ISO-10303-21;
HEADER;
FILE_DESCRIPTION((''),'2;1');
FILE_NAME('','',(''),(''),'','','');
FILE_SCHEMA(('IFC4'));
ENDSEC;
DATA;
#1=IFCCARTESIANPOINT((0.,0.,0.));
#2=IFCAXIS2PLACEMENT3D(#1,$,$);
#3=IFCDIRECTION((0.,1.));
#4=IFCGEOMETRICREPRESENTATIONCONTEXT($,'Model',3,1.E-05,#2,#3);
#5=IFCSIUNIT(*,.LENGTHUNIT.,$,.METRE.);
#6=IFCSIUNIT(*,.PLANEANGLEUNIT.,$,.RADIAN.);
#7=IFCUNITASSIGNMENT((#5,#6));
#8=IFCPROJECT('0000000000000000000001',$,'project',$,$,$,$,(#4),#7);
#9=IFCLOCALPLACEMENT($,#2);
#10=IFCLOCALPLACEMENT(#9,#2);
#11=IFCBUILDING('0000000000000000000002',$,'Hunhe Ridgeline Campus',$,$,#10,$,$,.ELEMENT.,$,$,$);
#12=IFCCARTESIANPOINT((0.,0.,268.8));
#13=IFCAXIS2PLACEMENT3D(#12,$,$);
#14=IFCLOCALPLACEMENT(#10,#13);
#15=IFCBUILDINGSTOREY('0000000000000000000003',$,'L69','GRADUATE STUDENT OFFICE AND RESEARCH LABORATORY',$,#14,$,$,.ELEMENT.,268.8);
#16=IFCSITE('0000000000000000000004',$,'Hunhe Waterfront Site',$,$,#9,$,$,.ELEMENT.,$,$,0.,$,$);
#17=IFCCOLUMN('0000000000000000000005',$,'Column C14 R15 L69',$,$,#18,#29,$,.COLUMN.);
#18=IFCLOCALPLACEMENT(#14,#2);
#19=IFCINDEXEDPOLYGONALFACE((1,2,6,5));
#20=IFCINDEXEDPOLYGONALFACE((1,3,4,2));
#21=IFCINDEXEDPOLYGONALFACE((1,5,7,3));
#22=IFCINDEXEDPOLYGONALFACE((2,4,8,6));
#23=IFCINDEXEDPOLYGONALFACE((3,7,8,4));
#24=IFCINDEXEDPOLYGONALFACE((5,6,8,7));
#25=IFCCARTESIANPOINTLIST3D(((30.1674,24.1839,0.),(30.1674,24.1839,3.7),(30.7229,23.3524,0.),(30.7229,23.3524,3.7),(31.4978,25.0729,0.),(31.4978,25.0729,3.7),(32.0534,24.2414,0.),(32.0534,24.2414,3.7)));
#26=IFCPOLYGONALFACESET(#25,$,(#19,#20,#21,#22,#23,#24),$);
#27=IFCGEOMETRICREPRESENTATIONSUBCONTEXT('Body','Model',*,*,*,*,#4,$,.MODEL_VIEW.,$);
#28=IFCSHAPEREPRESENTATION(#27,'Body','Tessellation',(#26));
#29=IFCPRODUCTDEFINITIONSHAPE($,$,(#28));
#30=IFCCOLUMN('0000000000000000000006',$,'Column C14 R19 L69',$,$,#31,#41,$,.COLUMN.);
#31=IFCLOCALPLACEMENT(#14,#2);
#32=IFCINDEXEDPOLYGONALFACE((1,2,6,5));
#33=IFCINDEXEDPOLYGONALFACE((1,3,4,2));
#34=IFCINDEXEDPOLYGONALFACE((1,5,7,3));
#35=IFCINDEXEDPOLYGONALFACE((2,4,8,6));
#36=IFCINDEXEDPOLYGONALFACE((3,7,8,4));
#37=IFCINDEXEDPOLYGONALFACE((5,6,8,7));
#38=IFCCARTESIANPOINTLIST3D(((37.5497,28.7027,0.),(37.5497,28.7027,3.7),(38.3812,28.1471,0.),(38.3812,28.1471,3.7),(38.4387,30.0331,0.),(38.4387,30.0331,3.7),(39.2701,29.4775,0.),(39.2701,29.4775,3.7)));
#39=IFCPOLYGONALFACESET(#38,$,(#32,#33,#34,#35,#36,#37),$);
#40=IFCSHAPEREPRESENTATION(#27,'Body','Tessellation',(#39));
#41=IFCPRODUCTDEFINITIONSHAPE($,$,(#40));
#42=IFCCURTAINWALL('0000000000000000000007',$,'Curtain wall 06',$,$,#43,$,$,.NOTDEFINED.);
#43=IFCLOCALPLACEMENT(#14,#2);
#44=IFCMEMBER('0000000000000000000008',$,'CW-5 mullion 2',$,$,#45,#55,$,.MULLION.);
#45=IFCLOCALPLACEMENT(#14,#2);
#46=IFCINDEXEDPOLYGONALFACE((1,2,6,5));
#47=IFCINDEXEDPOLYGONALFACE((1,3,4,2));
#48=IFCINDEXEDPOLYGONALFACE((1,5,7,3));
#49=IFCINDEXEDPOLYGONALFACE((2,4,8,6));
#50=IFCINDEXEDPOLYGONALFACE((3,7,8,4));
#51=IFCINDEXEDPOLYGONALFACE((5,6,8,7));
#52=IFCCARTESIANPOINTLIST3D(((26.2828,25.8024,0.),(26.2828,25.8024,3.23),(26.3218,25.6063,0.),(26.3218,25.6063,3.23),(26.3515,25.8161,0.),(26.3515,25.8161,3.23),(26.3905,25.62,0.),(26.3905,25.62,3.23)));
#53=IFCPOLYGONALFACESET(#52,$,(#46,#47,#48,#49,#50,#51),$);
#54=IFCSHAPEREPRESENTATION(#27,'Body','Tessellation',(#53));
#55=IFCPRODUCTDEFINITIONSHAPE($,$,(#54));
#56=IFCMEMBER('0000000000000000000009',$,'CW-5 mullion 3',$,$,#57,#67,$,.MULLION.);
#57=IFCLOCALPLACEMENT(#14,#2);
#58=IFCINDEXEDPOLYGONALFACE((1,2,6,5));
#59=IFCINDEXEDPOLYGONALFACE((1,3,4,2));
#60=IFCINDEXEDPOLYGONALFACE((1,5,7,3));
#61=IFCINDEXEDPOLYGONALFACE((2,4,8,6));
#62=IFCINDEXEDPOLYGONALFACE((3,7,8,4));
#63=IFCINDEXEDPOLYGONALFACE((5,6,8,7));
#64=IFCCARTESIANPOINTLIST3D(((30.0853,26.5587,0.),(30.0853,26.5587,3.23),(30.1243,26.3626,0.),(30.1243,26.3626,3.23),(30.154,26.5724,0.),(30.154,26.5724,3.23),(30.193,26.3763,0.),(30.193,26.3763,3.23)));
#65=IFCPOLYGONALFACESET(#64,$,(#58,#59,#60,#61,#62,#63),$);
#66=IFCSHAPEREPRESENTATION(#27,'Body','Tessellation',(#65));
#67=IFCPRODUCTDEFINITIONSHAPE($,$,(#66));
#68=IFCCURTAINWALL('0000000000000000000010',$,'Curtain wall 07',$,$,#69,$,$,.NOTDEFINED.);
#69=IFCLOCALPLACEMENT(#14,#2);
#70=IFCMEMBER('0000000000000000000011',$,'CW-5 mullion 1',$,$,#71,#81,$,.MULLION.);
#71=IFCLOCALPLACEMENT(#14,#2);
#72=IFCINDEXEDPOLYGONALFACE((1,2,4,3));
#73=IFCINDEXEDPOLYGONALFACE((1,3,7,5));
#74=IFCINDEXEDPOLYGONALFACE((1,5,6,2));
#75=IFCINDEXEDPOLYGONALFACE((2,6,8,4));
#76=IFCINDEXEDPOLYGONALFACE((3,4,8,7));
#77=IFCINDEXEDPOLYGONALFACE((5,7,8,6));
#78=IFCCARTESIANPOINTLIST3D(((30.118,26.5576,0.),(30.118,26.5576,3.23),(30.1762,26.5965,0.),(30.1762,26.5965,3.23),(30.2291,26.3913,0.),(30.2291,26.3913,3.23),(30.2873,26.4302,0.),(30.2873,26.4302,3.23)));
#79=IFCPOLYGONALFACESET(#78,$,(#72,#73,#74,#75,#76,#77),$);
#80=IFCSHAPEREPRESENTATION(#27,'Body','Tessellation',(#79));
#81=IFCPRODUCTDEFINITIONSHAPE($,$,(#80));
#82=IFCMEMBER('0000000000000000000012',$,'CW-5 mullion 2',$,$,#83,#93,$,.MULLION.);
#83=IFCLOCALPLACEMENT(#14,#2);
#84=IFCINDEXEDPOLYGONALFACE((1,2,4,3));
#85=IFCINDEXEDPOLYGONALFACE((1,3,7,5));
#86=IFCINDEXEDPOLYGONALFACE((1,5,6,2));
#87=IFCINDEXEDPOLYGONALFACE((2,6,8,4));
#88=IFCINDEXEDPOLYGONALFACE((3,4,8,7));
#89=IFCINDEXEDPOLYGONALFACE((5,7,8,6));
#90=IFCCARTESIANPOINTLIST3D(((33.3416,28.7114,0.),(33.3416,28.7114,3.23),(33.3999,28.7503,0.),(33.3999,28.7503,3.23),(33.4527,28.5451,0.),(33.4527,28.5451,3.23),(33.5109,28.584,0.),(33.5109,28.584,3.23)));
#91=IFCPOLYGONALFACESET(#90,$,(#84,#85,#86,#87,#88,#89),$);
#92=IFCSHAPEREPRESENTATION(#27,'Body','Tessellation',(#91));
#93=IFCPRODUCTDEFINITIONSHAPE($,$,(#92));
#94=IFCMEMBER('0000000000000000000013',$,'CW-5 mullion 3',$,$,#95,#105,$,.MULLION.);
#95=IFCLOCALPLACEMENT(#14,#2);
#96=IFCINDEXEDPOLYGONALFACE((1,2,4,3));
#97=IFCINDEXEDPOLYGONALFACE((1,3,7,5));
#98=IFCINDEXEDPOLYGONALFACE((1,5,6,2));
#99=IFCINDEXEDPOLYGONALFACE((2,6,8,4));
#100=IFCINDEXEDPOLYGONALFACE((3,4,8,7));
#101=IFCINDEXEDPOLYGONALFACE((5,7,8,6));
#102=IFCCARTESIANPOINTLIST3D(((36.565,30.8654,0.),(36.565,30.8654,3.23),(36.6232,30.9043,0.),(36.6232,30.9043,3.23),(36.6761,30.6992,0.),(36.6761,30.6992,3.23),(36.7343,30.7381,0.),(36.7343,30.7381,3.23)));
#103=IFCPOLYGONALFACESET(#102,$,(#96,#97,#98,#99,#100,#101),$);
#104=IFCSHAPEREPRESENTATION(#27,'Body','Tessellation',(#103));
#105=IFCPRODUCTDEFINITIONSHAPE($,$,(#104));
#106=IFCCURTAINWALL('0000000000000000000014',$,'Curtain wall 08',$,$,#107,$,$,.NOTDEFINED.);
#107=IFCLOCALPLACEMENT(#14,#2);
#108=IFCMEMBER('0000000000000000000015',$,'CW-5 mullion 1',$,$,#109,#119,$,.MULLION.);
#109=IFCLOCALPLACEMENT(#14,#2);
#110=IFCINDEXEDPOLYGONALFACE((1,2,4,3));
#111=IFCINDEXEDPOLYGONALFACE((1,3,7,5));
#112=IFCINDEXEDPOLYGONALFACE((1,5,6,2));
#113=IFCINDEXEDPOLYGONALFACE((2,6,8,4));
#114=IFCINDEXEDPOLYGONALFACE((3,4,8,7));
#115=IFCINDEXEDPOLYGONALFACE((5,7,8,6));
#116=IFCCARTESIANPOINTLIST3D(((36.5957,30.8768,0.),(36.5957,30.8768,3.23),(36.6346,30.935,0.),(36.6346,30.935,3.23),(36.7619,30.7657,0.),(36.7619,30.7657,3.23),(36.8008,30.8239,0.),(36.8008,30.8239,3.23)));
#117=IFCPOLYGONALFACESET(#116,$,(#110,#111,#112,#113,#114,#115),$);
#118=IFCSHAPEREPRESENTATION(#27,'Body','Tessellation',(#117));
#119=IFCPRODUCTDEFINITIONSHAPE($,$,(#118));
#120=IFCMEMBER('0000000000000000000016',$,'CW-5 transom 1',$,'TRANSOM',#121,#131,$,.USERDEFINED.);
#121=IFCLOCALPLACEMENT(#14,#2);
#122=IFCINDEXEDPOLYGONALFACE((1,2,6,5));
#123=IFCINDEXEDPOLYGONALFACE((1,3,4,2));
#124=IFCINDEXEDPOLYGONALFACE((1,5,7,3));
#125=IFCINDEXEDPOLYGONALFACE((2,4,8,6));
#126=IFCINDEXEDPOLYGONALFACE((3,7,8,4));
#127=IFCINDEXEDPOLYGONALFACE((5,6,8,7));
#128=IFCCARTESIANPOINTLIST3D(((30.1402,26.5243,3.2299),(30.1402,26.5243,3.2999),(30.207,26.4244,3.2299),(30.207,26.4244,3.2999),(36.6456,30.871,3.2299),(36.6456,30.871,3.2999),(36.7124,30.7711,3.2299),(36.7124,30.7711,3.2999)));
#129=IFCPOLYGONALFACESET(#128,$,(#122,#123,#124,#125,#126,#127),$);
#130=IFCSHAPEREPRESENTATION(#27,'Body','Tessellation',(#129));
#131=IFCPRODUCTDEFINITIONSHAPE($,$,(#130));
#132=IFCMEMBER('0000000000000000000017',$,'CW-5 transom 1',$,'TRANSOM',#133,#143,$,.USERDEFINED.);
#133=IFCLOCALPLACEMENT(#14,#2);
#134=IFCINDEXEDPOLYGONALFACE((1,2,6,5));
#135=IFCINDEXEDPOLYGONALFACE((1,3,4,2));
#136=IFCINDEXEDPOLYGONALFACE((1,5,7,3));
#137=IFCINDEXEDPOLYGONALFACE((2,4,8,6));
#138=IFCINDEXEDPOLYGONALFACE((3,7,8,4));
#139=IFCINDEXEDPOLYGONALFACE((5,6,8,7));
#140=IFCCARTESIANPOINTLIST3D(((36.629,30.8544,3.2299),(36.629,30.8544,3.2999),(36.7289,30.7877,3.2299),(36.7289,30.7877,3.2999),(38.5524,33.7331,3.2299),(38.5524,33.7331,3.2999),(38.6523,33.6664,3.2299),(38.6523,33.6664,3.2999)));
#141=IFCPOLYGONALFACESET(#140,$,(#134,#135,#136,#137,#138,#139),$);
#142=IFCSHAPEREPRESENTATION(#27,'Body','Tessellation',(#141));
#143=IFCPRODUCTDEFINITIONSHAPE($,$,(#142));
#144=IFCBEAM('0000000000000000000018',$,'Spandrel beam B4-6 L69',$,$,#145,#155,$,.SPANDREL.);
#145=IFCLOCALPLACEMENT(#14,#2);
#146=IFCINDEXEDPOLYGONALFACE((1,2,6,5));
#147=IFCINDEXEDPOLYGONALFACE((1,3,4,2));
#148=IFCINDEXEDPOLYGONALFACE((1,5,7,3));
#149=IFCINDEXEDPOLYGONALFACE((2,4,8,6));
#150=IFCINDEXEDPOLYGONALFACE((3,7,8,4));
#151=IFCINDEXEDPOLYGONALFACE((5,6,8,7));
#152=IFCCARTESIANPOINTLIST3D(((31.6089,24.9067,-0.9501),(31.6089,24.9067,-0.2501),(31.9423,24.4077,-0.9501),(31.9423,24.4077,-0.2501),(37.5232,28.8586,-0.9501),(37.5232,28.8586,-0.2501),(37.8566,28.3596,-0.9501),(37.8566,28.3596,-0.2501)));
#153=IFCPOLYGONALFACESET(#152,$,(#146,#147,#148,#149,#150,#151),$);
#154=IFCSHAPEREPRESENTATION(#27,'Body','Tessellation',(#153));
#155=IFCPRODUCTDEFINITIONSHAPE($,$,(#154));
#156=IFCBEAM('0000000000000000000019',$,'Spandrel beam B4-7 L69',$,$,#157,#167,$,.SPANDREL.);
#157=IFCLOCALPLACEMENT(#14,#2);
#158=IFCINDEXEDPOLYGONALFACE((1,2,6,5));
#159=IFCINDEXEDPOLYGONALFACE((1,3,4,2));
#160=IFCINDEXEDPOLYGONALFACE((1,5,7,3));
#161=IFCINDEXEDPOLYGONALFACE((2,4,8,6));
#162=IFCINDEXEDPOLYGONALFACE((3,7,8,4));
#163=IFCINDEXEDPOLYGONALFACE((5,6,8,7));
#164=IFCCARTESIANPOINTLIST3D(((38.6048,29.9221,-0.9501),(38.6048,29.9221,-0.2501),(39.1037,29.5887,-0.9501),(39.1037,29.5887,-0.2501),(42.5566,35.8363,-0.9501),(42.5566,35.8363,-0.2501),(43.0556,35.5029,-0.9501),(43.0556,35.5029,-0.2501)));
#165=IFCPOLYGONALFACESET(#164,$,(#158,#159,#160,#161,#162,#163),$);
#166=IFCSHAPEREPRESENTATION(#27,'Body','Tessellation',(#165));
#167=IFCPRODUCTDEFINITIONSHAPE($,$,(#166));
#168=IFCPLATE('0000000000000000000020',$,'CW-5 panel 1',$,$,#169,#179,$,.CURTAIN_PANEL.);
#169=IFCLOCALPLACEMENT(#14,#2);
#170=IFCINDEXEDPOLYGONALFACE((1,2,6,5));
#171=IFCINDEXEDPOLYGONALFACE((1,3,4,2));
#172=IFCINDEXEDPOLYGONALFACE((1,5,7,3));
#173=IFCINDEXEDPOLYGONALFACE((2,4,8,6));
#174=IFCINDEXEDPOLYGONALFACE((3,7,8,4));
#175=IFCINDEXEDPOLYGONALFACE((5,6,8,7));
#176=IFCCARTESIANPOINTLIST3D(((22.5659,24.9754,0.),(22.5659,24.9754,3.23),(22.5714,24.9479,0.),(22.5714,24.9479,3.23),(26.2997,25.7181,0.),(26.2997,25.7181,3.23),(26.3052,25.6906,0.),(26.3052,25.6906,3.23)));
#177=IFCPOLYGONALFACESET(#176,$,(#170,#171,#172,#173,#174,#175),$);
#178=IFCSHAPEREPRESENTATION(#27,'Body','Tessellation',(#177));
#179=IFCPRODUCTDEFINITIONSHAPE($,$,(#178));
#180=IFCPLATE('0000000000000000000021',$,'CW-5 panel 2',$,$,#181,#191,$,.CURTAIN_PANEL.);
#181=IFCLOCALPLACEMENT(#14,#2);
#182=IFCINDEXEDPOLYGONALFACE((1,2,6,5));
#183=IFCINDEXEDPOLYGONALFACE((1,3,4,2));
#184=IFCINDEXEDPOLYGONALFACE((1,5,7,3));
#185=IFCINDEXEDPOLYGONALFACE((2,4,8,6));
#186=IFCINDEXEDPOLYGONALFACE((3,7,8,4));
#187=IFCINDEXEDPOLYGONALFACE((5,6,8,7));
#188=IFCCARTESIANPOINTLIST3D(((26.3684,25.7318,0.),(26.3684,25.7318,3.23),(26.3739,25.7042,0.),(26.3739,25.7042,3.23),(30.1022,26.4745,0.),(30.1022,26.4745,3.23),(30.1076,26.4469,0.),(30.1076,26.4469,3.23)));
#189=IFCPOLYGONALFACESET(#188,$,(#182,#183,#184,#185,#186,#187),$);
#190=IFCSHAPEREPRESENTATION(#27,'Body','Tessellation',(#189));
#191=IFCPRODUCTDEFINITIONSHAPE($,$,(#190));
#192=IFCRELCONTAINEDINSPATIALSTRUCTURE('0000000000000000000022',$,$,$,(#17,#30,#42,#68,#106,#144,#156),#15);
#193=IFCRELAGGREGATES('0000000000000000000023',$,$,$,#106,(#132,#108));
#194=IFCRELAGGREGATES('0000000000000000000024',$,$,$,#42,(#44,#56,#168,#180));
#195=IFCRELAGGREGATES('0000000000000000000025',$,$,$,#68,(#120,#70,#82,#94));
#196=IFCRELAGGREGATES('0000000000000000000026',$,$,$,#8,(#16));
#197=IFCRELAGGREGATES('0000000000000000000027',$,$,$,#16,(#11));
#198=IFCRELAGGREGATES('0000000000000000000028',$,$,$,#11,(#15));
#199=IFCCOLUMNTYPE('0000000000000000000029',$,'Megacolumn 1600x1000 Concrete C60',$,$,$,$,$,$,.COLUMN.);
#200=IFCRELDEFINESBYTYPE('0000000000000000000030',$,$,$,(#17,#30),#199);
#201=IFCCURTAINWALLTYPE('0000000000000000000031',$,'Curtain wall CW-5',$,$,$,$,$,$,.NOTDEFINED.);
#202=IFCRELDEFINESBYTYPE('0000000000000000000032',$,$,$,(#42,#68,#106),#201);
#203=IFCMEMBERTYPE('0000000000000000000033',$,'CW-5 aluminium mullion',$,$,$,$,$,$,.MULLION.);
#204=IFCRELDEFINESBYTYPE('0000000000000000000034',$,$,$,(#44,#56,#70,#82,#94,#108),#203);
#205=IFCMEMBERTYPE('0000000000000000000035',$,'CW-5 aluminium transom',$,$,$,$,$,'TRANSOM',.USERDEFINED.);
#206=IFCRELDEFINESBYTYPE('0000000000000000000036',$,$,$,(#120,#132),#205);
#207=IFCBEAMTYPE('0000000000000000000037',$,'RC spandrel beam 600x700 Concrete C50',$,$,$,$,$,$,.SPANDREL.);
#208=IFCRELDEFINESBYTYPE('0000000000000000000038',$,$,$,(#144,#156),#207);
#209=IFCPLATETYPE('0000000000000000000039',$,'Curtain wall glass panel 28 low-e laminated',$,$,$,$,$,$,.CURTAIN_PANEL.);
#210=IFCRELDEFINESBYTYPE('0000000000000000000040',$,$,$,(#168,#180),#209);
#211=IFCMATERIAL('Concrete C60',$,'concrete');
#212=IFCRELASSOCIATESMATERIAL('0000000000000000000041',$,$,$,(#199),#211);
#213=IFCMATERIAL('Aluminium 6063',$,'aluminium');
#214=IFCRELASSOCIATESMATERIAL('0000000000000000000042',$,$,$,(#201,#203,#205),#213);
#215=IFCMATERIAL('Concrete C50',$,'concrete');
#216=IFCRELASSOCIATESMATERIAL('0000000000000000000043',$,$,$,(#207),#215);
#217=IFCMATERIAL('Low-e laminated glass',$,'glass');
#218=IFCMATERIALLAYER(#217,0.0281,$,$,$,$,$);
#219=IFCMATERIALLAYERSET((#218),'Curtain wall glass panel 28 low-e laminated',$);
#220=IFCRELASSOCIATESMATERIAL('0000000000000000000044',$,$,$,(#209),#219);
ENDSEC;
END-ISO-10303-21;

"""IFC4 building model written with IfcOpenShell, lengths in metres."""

from ifc_helpers import new_model, si_unit, direction, frame, origin, origin_2d, place, context, subcontext, project, spatial, rectangle, extrude, material, layer, layer_set, material_profile, profile_set, type_object, element, aggregate, save


model = new_model("IFC4")

# Units and contexts
model_context = context("Model", 3, precision=1e-05, world=origin(), true_north=direction((0.0, 1.0)))
body_context = subcontext(model_context, "Body", "Model", "MODEL_VIEW")
ifc_project = project(units=[si_unit("LENGTHUNIT", "METRE"), si_unit("PLANEANGLEUNIT", "RADIAN")], contexts=[model_context])

# Site, building, storey
site_placement = place(None, origin())
site = spatial("IfcSite", under=ifc_project, at=site_placement, Name="Hunhe Waterfront Site", CompositionType="ELEMENT", RefElevation=0.0)
building_placement = place(site_placement, origin())
building = spatial("IfcBuilding", under=site, at=building_placement, Name="Hunhe Ridgeline Campus", CompositionType="ELEMENT")
storey_placement = place(building_placement, frame((0.0, 0.0, 268.8)))
storey = spatial("IfcBuildingStorey", under=building, at=storey_placement, Name="L69", Description="GRADUATE STUDENT OFFICE AND RESEARCH LABORATORY", CompositionType="ELEMENT", Elevation=268.8)

# Columns
ifc_material_1 = material(Name="Concrete C60", Category="concrete")
ifc_material_profile_1 = material_profile(ifc_material_1, rectangle(XDim=1.6001, YDim=1.0, at=origin_2d()))
ifc_profile_set_1 = profile_set([ifc_material_profile_1], Name="Concrete C60")
column_type = type_object("IfcColumnType", Name="Megacolumn 1600x1000 Concrete C60", PredefinedType="COLUMN", material=ifc_profile_set_1)
for number, where, z_axis, x_axis, name in (
    (1, (31.1104, 24.2126, 0.0), (0.0, 0.0, 1.0), (0.83147, 0.55557, 0.0), "Column C14 R15 L69"),
    (2, (38.4099, 29.0901, 0.0), (0.0, 0.0, 1.0), (0.55557, 0.83147, 0.0), "Column C14 R19 L69"),
):
    element("IfcColumn", number, at=place(storey_placement, frame(where, z_axis=z_axis, x_axis=x_axis)), inside=storey, type_object=column_type, Name=name, PredefinedType="COLUMN", context=body_context, shape_type="SweptSolid", body=[
        extrude(rectangle(XDim=1.6001, YDim=1.0, at=origin_2d()), origin(), (0.0, 0.0, 1.0), 3.7),
    ])

# Curtain walls, members
ifc_material_2 = material(Name="Aluminium 6063", Category="aluminium")
curtain_wall_type = type_object("IfcCurtainWallType", Name="Curtain wall CW-5", PredefinedType="NOTDEFINED", material=ifc_material_2)
curtain_wall_1_placement = place(storey_placement, origin())
curtain_wall_1 = element("IfcCurtainWall", 3, at=curtain_wall_1_placement, inside=storey, type_object=curtain_wall_type, Name="Curtain wall 06", PredefinedType="NOTDEFINED")
ifc_material_profile_2 = material_profile(ifc_material_2, rectangle(XDim=0.2, YDim=0.0701, at=origin_2d()))
ifc_profile_set_2 = profile_set([ifc_material_profile_2], Name="Aluminium 6063")
member_type_1 = type_object("IfcMemberType", Name="CW-5 aluminium mullion", PredefinedType="MULLION", material=ifc_profile_set_2)
member_1_placement = place(storey_placement, frame((26.3367, 25.7112, 0.0), z_axis=(0.0, 0.0, 1.0), x_axis=(-0.19509, 0.980785, 0.0)))
member_1 = element("IfcMember", 4, at=member_1_placement, type_object=member_type_1, Name="CW-5 mullion 2", PredefinedType="MULLION", context=body_context, shape_type="SweptSolid", body=[
    extrude(rectangle(XDim=0.2, YDim=0.0701, at=origin_2d()), origin(), (0.0, 0.0, 1.0), 3.23),
])
member_2_placement = place(storey_placement, frame((30.1392, 26.4675, 0.0), z_axis=(0.0, 0.0, 1.0), x_axis=(-0.19509, 0.980785, 0.0)))
member_2 = element("IfcMember", 5, at=member_2_placement, type_object=member_type_1, Name="CW-5 mullion 3", PredefinedType="MULLION", context=body_context, shape_type="SweptSolid", body=[
    extrude(rectangle(XDim=0.2, YDim=0.0701, at=origin_2d()), origin(), (0.0, 0.0, 1.0), 3.23),
])
curtain_wall_2_placement = place(storey_placement, origin())
curtain_wall_2 = element("IfcCurtainWall", 6, at=curtain_wall_2_placement, inside=storey, type_object=curtain_wall_type, Name="Curtain wall 07", PredefinedType="NOTDEFINED")
member_3_placement = place(storey_placement, frame((30.2026, 26.4939, 0.0), z_axis=(0.0, 0.0, 1.0), x_axis=(-0.55557, 0.83147, 0.0)))
member_3 = element("IfcMember", 7, at=member_3_placement, type_object=member_type_1, Name="CW-5 mullion 1", PredefinedType="MULLION", context=body_context, shape_type="SweptSolid", body=[
    extrude(rectangle(XDim=0.2, YDim=0.0701, at=origin_2d()), origin(), (0.0, 0.0, 1.0), 3.23),
])
member_4_placement = place(storey_placement, frame((33.4263, 28.6477, 0.0), z_axis=(0.0, 0.0, 1.0), x_axis=(-0.55557, 0.83147, 0.0)))
member_4 = element("IfcMember", 8, at=member_4_placement, type_object=member_type_1, Name="CW-5 mullion 2", PredefinedType="MULLION", context=body_context, shape_type="SweptSolid", body=[
    extrude(rectangle(XDim=0.2, YDim=0.0701, at=origin_2d()), origin(), (0.0, 0.0, 1.0), 3.23),
])
member_5_placement = place(storey_placement, frame((36.6497, 30.8018, 0.0), z_axis=(0.0, 0.0, 1.0), x_axis=(-0.55557, 0.83147, 0.0)))
member_5 = element("IfcMember", 9, at=member_5_placement, type_object=member_type_1, Name="CW-5 mullion 3", PredefinedType="MULLION", context=body_context, shape_type="SweptSolid", body=[
    extrude(rectangle(XDim=0.2, YDim=0.0701, at=origin_2d()), origin(), (0.0, 0.0, 1.0), 3.23),
])

# Curtain wall, member
curtain_wall_3_placement = place(storey_placement, origin())
curtain_wall_3 = element("IfcCurtainWall", 10, at=curtain_wall_3_placement, inside=storey, type_object=curtain_wall_type, Name="Curtain wall 08", PredefinedType="NOTDEFINED")
member_6_placement = place(storey_placement, frame((36.6982, 30.8503, 0.0), z_axis=(0.0, 0.0, 1.0), x_axis=(-0.83147, 0.55557, 0.0)))
member_6 = element("IfcMember", 11, at=member_6_placement, type_object=member_type_1, Name="CW-5 mullion 1", PredefinedType="MULLION", context=body_context, shape_type="SweptSolid", body=[
    extrude(rectangle(XDim=0.2, YDim=0.0701, at=origin_2d()), origin(), (0.0, 0.0, 1.0), 3.23),
])

# Members
ifc_material_profile_3 = material_profile(ifc_material_2, rectangle(XDim=0.1201, YDim=0.0701, at=origin_2d()))
ifc_profile_set_3 = profile_set([ifc_material_profile_3], Name="Aluminium 6063")
member_type_2 = type_object("IfcMemberType", Name="CW-5 aluminium transom", ElementType="TRANSOM", PredefinedType="USERDEFINED", material=ifc_profile_set_3)
member_7_placement = place(storey_placement, frame((30.1736, 26.4744, 3.2649), z_axis=(0.831474, 0.555564, 0.0), x_axis=(-0.555564, 0.831474, 0.0)))
member_7 = element("IfcMember", 12, at=member_7_placement, type_object=member_type_2, Name="CW-5 transom 1", ObjectType="TRANSOM", PredefinedType="USERDEFINED", context=body_context, shape_type="SweptSolid", body=[
    extrude(rectangle(XDim=0.1201, YDim=0.0701, at=origin_2d()), origin(), (0.0, 0.0, 1.0), 7.824),
])
member_8_placement = place(storey_placement, frame((36.679, 30.821, 3.2649), z_axis=(0.555546, 0.831486, 0.0), x_axis=(-0.831486, 0.555546, 0.0)))
member_8 = element("IfcMember", 13, at=member_8_placement, type_object=member_type_2, Name="CW-5 transom 1", ObjectType="TRANSOM", PredefinedType="USERDEFINED", context=body_context, shape_type="SweptSolid", body=[
    extrude(rectangle(XDim=0.1201, YDim=0.0701, at=origin_2d()), origin(), (0.0, 0.0, 1.0), 3.4622),
])
aggregate(curtain_wall_3, [member_8, member_6])

# Beams
ifc_material_3 = material(Name="Concrete C50", Category="concrete")
ifc_material_profile_4 = material_profile(ifc_material_3, rectangle(XDim=0.6001, YDim=0.7, at=origin_2d()))
ifc_profile_set_4 = profile_set([ifc_material_profile_4], Name="Concrete C50")
beam_type = type_object("IfcBeamType", Name="RC spandrel beam 600x700 Concrete C50", PredefinedType="SPANDREL", material=ifc_profile_set_4)
for number, where, z_axis, x_axis, name in (
    (14, (31.7756, 24.6572, -0.6001), (0.831464, 0.555579, 0.0), (-0.555579, 0.831464, 0.0), "Spandrel beam B4-6 L69"),
    (15, (38.8542, 29.7554, -0.6001), (0.555579, 0.831464, 0.0), (-0.831464, 0.555579, 0.0), "Spandrel beam B4-7 L69"),
):
    element("IfcBeam", number, at=place(storey_placement, frame(where, z_axis=z_axis, x_axis=x_axis)), inside=storey, type_object=beam_type, Name=name, PredefinedType="SPANDREL", context=body_context, shape_type="SweptSolid", body=[
        extrude(rectangle(XDim=0.6001, YDim=0.7, at=origin_2d()), origin(), (0.0, 0.0, 1.0), 7.113),
    ])

# Plates
ifc_material_4 = material(Name="Low-e laminated glass", Category="glass")
ifc_layer_1 = layer(ifc_material_4, 0.0281)
ifc_layer_set_1 = layer_set([ifc_layer_1], Name="Curtain wall glass panel 28 low-e laminated")
plate_type = type_object("IfcPlateType", Name="Curtain wall glass panel 28 low-e laminated", PredefinedType="CURTAIN_PANEL", material=ifc_layer_set_1)
plate_1_placement = place(storey_placement, frame((24.4355, 25.333, 0.0), z_axis=(0.0, 0.0, 1.0), x_axis=(0.980785, 0.19509, 0.0)))
plate_1 = element("IfcPlate", 16, at=plate_1_placement, type_object=plate_type, Name="CW-5 panel 1", PredefinedType="CURTAIN_PANEL", context=body_context, shape_type="SweptSolid", body=[
    extrude(rectangle(XDim=3.8069, YDim=0.0281, at=origin_2d()), origin(), (0.0, 0.0, 1.0), 3.23),
])
plate_2_placement = place(storey_placement, frame((28.238, 26.0894, 0.0), z_axis=(0.0, 0.0, 1.0), x_axis=(0.980785, 0.19509, 0.0)))
plate_2 = element("IfcPlate", 17, at=plate_2_placement, type_object=plate_type, Name="CW-5 panel 2", PredefinedType="CURTAIN_PANEL", context=body_context, shape_type="SweptSolid", body=[
    extrude(rectangle(XDim=3.8069, YDim=0.0281, at=origin_2d()), origin(), (0.0, 0.0, 1.0), 3.23),
])
aggregate(curtain_wall_1, [member_1, member_2, plate_1, plate_2])
aggregate(curtain_wall_2, [member_7, member_3, member_4, member_5])

save(model, "model.ifc")
